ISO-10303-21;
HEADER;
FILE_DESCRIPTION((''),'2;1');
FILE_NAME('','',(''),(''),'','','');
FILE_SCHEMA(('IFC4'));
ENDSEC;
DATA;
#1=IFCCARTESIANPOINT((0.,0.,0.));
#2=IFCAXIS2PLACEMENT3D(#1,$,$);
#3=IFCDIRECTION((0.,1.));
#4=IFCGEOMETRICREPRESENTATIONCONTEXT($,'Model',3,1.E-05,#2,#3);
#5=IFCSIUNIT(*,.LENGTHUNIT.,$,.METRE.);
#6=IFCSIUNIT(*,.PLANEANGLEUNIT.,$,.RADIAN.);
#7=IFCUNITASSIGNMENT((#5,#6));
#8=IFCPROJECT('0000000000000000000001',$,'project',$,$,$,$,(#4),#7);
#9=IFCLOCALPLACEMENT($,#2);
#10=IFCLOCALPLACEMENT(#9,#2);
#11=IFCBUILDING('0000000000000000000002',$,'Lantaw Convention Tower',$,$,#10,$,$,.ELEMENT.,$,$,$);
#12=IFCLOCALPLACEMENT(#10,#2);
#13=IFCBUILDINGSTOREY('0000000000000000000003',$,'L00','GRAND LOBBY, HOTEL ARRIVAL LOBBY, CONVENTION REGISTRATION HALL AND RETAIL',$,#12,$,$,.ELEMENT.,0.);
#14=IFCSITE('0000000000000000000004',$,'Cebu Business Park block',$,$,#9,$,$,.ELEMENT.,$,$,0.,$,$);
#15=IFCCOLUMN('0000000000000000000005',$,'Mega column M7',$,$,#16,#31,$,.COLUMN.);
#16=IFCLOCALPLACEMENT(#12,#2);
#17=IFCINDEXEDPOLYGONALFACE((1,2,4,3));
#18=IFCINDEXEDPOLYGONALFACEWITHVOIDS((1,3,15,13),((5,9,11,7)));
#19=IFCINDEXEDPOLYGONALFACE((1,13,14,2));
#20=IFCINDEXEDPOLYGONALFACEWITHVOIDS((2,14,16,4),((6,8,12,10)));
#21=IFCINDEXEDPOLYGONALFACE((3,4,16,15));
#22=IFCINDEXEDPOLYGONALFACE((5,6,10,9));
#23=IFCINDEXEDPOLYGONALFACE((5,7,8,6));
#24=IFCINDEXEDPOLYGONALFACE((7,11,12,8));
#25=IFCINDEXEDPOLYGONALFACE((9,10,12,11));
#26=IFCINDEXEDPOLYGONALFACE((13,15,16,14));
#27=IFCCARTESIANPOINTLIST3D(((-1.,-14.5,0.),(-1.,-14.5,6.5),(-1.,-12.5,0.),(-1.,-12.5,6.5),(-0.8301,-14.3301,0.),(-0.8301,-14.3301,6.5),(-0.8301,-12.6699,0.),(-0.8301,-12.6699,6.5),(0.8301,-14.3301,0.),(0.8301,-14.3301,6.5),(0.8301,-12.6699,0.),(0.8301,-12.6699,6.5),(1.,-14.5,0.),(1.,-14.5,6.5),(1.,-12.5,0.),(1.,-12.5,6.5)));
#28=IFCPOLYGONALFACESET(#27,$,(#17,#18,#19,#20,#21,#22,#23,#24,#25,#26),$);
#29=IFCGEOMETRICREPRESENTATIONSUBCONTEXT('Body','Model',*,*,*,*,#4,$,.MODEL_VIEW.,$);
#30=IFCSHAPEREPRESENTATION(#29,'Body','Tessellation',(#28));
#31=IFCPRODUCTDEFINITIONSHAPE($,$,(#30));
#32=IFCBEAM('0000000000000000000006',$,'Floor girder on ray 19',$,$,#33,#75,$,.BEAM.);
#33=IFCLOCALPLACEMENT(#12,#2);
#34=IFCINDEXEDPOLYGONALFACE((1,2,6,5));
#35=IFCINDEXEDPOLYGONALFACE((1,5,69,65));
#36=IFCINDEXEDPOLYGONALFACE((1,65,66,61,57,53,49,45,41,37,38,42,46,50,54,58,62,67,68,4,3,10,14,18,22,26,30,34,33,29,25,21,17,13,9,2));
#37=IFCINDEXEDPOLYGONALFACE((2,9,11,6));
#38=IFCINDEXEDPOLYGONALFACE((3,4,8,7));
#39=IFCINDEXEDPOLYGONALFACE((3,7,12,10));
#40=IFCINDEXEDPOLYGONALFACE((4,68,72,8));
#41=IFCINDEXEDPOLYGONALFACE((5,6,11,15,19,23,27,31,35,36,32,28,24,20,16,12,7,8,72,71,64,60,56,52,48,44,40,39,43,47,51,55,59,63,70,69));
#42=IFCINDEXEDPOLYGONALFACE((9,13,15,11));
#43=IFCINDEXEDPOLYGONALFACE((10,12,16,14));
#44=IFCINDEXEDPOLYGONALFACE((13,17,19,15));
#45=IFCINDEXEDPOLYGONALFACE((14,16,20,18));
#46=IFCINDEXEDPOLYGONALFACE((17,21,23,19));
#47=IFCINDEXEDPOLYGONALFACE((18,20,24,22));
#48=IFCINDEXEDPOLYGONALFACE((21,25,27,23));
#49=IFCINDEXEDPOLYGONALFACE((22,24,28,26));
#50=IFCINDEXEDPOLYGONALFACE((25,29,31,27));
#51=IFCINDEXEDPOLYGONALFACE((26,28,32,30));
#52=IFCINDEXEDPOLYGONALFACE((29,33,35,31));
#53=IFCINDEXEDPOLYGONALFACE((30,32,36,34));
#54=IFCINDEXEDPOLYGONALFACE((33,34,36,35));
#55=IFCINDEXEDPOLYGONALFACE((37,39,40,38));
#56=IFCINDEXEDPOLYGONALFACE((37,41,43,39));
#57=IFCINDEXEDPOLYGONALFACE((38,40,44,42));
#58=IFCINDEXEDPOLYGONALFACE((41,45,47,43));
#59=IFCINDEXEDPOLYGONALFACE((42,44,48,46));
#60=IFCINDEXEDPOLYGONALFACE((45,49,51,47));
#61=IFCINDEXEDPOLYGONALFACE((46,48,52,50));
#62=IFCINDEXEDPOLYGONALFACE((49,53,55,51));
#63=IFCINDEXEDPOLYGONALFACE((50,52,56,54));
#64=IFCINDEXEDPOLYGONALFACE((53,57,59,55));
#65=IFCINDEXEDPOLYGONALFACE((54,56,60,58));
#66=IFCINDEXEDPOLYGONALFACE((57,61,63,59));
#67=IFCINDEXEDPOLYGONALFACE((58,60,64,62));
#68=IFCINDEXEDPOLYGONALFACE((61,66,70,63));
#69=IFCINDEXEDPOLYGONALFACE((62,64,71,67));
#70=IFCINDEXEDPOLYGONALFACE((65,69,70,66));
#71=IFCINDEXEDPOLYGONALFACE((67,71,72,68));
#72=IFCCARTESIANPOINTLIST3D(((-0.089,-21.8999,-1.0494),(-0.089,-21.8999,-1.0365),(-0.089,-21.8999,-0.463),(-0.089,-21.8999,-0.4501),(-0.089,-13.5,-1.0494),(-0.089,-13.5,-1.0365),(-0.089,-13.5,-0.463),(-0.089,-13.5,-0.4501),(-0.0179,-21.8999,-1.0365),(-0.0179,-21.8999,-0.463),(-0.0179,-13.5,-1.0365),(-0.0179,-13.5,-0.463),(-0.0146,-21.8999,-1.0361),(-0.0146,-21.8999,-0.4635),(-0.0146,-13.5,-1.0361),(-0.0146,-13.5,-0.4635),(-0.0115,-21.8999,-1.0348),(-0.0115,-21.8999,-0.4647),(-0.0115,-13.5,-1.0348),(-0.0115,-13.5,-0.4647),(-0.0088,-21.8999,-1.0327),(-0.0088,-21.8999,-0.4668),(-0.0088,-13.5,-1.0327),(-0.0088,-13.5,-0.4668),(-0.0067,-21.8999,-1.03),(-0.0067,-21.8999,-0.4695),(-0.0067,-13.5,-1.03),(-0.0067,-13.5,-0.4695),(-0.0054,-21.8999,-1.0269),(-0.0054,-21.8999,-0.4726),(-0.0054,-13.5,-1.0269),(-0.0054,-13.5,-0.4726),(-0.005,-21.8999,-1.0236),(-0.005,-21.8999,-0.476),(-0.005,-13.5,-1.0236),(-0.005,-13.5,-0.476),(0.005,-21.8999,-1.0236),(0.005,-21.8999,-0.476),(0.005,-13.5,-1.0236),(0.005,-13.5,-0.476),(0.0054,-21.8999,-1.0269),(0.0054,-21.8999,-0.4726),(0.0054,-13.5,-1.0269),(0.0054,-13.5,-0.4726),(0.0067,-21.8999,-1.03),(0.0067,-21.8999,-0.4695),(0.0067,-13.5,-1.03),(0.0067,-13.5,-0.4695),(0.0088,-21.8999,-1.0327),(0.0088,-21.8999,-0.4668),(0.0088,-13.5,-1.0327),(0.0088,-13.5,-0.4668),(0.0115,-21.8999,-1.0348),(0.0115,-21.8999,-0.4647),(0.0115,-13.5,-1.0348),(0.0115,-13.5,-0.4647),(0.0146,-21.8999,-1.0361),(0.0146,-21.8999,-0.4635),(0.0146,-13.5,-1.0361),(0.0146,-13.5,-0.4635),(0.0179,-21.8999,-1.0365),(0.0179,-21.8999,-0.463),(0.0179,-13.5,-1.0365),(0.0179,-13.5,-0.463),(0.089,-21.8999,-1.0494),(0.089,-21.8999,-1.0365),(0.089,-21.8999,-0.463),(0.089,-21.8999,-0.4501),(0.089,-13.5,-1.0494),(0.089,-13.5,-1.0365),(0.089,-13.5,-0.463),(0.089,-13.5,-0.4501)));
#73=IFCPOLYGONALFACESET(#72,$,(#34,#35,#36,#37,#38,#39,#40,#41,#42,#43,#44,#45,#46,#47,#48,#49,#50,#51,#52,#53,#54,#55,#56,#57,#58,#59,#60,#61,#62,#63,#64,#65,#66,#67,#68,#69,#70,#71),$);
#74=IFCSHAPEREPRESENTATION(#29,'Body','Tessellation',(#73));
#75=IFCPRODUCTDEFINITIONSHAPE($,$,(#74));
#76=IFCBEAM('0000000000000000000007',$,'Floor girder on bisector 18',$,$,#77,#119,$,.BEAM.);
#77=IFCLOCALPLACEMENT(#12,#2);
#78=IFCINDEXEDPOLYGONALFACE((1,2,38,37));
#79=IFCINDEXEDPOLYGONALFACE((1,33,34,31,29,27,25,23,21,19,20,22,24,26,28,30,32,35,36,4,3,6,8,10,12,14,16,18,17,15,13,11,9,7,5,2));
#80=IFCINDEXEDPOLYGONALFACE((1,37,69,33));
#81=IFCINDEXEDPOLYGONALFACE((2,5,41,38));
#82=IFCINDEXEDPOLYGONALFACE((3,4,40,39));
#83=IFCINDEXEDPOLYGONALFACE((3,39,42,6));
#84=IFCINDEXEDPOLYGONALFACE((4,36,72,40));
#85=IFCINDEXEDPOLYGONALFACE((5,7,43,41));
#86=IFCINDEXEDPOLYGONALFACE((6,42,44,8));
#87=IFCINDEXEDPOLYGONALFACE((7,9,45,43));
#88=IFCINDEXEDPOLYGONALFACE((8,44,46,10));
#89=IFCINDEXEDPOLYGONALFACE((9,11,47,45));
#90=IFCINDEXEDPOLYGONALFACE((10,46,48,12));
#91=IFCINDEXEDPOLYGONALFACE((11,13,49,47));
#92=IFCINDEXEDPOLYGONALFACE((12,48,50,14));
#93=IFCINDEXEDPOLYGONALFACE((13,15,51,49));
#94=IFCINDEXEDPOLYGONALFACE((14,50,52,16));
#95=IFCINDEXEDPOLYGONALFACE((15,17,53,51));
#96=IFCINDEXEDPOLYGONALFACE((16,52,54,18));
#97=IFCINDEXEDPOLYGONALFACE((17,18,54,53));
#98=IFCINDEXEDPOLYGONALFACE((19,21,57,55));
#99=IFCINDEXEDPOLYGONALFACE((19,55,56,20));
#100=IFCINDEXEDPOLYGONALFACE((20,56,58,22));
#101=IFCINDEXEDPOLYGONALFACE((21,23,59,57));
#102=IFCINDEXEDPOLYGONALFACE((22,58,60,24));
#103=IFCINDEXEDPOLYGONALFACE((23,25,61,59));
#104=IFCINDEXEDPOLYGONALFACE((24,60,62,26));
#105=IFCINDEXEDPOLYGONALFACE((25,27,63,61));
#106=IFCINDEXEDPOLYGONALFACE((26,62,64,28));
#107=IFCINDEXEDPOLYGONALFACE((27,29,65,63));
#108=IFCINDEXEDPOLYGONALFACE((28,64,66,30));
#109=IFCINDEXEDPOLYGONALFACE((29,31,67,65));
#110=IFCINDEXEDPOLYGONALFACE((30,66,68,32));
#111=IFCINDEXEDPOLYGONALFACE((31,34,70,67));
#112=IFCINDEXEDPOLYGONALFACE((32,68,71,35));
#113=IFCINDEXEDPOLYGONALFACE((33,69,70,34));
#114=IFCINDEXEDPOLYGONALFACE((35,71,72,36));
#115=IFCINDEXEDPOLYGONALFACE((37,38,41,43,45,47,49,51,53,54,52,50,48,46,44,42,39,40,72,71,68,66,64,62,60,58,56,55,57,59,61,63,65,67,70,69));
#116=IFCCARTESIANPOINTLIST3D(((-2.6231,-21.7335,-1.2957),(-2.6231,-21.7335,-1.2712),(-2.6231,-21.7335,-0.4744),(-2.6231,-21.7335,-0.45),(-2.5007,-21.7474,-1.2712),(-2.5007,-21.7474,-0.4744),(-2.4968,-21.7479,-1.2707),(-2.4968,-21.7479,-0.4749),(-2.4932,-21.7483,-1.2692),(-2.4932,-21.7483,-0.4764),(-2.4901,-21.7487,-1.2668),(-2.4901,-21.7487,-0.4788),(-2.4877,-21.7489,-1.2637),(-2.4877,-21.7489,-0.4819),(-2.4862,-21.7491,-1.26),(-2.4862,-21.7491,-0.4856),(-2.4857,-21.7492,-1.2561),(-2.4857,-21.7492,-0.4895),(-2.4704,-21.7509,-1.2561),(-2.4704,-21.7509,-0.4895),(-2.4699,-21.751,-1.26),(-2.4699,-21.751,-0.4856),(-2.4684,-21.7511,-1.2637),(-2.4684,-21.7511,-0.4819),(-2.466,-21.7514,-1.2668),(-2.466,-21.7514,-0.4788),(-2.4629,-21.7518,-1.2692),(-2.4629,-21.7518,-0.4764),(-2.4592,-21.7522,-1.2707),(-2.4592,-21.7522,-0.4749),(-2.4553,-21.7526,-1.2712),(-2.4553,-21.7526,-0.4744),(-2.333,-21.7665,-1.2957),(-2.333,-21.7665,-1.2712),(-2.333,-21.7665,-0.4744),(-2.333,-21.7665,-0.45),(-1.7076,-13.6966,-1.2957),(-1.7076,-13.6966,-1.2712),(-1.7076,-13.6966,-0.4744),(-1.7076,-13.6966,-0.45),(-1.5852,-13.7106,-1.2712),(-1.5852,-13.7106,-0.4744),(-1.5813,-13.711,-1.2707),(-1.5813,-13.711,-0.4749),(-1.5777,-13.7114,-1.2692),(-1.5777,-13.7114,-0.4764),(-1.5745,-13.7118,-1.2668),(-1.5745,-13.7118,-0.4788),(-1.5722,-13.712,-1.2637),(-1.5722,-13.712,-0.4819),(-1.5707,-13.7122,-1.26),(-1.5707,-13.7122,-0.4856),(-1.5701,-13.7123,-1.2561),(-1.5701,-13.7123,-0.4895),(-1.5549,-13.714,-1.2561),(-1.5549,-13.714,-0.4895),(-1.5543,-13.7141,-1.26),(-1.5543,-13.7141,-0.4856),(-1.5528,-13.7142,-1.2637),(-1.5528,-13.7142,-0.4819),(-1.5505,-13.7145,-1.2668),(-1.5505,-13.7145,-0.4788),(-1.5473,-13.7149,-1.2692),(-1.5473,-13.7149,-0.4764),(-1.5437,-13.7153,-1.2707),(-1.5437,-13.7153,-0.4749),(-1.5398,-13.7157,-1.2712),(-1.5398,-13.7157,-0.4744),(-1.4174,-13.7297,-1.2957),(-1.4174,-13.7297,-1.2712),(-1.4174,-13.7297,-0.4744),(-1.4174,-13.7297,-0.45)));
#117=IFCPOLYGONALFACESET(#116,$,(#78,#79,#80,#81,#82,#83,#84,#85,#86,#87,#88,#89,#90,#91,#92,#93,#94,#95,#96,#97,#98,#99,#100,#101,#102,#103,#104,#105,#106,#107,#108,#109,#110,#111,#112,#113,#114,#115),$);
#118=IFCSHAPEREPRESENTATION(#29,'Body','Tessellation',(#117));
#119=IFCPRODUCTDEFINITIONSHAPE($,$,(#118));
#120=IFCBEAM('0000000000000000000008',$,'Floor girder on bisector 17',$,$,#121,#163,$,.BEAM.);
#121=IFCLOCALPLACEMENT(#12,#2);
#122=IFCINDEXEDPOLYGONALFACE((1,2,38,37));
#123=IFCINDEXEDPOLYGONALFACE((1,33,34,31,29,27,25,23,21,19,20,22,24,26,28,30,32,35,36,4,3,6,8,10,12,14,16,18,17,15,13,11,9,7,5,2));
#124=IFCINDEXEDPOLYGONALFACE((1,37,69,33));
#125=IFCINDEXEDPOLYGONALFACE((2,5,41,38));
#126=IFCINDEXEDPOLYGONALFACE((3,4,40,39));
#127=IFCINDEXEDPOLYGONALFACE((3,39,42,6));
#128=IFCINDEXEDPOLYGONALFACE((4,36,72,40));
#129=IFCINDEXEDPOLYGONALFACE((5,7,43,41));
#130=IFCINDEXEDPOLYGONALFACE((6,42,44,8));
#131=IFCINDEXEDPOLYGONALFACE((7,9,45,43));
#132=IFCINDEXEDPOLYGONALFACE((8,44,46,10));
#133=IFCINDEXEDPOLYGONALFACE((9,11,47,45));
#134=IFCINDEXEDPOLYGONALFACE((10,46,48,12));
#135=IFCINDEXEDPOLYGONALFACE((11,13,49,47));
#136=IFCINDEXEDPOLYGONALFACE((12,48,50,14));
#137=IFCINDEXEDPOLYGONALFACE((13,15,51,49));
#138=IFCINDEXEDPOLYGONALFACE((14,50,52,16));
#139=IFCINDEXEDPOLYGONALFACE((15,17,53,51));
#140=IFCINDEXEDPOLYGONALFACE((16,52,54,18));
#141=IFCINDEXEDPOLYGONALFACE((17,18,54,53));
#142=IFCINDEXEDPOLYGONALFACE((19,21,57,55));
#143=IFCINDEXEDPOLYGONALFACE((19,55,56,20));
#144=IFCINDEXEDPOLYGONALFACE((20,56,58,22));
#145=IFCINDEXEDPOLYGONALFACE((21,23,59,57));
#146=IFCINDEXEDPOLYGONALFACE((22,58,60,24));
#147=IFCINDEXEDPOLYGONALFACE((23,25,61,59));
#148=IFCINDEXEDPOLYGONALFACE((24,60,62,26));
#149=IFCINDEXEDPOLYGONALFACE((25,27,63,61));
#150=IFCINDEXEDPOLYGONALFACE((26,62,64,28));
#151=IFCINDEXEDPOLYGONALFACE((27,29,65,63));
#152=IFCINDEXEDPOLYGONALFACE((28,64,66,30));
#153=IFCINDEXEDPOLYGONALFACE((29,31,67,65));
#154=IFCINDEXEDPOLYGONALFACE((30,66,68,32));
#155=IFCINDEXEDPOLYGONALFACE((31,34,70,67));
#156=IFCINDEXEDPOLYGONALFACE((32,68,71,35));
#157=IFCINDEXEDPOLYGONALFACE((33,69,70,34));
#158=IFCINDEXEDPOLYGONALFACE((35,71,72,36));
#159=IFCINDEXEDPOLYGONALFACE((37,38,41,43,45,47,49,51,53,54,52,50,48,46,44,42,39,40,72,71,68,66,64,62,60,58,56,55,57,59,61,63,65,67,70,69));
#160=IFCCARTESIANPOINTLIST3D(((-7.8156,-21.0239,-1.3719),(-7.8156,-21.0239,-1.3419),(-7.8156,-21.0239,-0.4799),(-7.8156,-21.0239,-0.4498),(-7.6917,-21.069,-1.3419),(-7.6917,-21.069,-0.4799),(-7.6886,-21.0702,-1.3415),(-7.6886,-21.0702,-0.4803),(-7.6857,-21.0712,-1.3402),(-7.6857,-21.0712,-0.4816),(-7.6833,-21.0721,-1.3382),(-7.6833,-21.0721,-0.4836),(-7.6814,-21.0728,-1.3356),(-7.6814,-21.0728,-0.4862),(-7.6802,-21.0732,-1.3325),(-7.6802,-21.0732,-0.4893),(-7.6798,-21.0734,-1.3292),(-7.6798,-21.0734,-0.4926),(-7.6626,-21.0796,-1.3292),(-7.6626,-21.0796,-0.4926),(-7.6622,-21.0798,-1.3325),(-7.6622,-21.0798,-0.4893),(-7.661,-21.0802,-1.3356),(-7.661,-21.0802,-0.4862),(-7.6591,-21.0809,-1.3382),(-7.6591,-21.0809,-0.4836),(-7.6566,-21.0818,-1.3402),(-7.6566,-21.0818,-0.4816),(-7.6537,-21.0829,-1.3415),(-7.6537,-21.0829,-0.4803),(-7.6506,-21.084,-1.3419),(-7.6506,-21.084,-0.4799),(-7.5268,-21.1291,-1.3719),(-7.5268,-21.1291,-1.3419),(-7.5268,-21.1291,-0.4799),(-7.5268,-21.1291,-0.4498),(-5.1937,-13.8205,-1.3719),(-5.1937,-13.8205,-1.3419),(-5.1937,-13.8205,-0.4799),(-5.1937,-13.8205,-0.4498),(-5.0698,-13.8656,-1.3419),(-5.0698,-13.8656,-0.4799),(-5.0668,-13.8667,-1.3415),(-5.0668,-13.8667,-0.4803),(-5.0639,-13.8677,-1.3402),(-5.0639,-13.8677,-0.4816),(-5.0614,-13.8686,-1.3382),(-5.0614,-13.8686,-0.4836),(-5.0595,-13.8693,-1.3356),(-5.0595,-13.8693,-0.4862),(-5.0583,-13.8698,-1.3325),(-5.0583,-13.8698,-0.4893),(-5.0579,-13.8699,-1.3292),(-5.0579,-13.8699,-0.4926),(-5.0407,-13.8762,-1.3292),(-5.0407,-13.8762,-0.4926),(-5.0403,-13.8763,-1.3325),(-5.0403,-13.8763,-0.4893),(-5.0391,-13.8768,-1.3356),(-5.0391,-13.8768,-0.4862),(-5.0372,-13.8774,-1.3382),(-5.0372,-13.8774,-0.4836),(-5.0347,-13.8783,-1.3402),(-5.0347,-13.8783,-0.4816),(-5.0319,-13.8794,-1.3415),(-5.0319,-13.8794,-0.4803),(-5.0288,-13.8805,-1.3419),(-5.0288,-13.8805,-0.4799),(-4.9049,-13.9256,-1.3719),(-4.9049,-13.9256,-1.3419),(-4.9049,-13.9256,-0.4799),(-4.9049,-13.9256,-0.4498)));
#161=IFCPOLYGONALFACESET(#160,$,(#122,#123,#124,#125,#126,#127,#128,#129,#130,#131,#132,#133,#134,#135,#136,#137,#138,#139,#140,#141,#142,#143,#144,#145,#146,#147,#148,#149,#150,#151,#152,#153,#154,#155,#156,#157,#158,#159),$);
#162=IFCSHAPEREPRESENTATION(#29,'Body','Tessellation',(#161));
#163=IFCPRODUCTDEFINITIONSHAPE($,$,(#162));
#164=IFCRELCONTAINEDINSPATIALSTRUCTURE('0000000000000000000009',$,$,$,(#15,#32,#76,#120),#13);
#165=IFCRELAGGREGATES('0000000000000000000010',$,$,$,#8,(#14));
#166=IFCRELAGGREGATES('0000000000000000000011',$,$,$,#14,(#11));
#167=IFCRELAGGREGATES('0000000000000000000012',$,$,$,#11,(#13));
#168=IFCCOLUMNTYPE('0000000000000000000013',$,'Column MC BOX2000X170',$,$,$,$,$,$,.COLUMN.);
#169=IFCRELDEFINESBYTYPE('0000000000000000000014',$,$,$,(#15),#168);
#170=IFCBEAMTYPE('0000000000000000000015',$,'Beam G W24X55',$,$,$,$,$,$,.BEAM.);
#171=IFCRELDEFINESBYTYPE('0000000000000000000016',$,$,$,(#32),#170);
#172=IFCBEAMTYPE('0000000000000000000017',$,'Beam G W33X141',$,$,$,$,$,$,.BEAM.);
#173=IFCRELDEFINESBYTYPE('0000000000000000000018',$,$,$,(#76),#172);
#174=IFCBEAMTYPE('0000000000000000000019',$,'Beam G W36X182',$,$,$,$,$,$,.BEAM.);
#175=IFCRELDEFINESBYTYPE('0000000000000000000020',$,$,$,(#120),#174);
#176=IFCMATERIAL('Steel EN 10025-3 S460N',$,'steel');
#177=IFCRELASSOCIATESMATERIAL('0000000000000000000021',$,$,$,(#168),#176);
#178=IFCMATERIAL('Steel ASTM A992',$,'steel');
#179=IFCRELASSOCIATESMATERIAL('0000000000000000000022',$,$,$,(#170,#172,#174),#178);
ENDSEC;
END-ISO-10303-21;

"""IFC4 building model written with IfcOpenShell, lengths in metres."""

from ifc_helpers import new_model, si_unit, direction, frame, origin, origin_2d, place, context, subcontext, project, spatial, rectangle, hollow_rectangle, i_section, extrude, material, material_profile, profile_set, type_object, element, save


model = new_model("IFC4")

# Units and contexts
model_context = context("Model", 3, precision=1e-05, world=origin(), true_north=direction((0.0, 1.0)))
body_context = subcontext(model_context, "Body", "Model", "MODEL_VIEW")
ifc_project = project(units=[si_unit("LENGTHUNIT", "METRE"), si_unit("PLANEANGLEUNIT", "RADIAN")], contexts=[model_context])

# Site, building, storey
site_placement = place(None, origin())
site = spatial("IfcSite", under=ifc_project, at=site_placement, Name="Cebu Business Park block", CompositionType="ELEMENT", RefElevation=0.0)
building_placement = place(site_placement, origin())
building = spatial("IfcBuilding", under=site, at=building_placement, Name="Lantaw Convention Tower", CompositionType="ELEMENT")
storey_placement = place(building_placement, origin())
storey = spatial("IfcBuildingStorey", under=building, at=storey_placement, Name="L00", Description="GRAND LOBBY, HOTEL ARRIVAL LOBBY, CONVENTION REGISTRATION HALL AND RETAIL", CompositionType="ELEMENT", Elevation=0.0)

# Column
ifc_material_1 = material(Name="Steel EN 10025-3 S460N", Category="steel")
ifc_material_profile_1 = material_profile(ifc_material_1, hollow_rectangle(XDim=2.0, YDim=2.0, WallThickness=0.1699, at=origin_2d()), Name="BOX2000X170")
ifc_material_2 = material(Name="Concrete C60/75", Category="concrete")
ifc_material_profile_2 = material_profile(ifc_material_2, rectangle(XDim=1.6599, YDim=1.6599, at=origin_2d()), Name="Concrete fill of BOX2000X170")
ifc_profile_set_1 = profile_set([ifc_material_profile_1, ifc_material_profile_2], Name="Steel EN 10025-3 S460N")
column_type = type_object("IfcColumnType", Name="Column MC BOX2000X170", PredefinedType="COLUMN", material=ifc_profile_set_1)
column_placement = place(storey_placement, frame((0.0, -13.5, 0.0), z_axis=(0.0, 0.0, 1.0), x_axis=(1.0, 0.0, 0.0)))
element("IfcColumn", 1, at=column_placement, inside=storey, type_object=column_type, Name="Mega column M7", PredefinedType="COLUMN", context=body_context, shape_type="SweptSolid", body=[
    extrude(hollow_rectangle(XDim=2.0, YDim=2.0, WallThickness=0.1699, at=origin_2d()), origin(), (0.0, 0.0, 1.0), 6.5),
])

# Beams
ifc_material_3 = material(Name="Steel ASTM A992", Category="steel")
ifc_material_profile_3 = material_profile(ifc_material_3, i_section(OverallWidth=0.178, OverallDepth=0.5994, WebThickness=0.01, FlangeThickness=0.0129, FilletRadius=0.0129, at=origin_2d()), Name="W24X55")
ifc_profile_set_2 = profile_set([ifc_material_profile_3], Name="Steel ASTM A992")
beam_type_1 = type_object("IfcBeamType", Name="Beam G W24X55", PredefinedType="BEAM", material=ifc_profile_set_2)
beam_1_placement = place(storey_placement, frame((0.0, -13.5, -0.7498), z_axis=(0.0, -1.0, 0.0), x_axis=(1.0, 0.0, 0.0)))
element("IfcBeam", 2, at=beam_1_placement, inside=storey, type_object=beam_type_1, Name="Floor girder on ray 19", PredefinedType="BEAM", context=body_context, shape_type="SweptSolid", body=[
    extrude(i_section(OverallWidth=0.178, OverallDepth=0.5994, WebThickness=0.01, FlangeThickness=0.0129, FilletRadius=0.0129, at=origin_2d()), origin(), (0.0, 0.0, 1.0), 8.3999),
])
ifc_material_profile_4 = material_profile(ifc_material_3, i_section(OverallWidth=0.292, OverallDepth=0.8457, WebThickness=0.0154, FlangeThickness=0.0244, FilletRadius=0.0151, at=origin_2d()), Name="W33X141")
ifc_profile_set_3 = profile_set([ifc_material_profile_4], Name="Steel ASTM A992")
beam_type_2 = type_object("IfcBeamType", Name="Beam G W33X141", PredefinedType="BEAM", material=ifc_profile_set_3)
beam_2_placement = place(storey_placement, frame((-1.5625, -13.7131, -0.8728), z_axis=(-0.113184, -0.993574, 0.0), x_axis=(0.993574, -0.113184, 0.0)))
element("IfcBeam", 3, at=beam_2_placement, inside=storey, type_object=beam_type_2, Name="Floor girder on bisector 18", PredefinedType="BEAM", context=body_context, shape_type="SweptSolid", body=[
    extrude(i_section(OverallWidth=0.292, OverallDepth=0.8457, WebThickness=0.0154, FlangeThickness=0.0244, FilletRadius=0.0151, at=origin_2d()), origin(), (0.0, 0.0, 1.0), 8.0889),
])
ifc_material_profile_5 = material_profile(ifc_material_3, i_section(OverallWidth=0.3074, OverallDepth=0.9221, WebThickness=0.0183, FlangeThickness=0.03, FilletRadius=0.0127, at=origin_2d()), Name="W36X182")
ifc_profile_set_4 = profile_set([ifc_material_profile_5], Name="Steel ASTM A992")
beam_type_3 = type_object("IfcBeamType", Name="Beam G W36X182", PredefinedType="BEAM", material=ifc_profile_set_4)
beam_3_placement = place(storey_placement, frame((-5.0493, -13.873, -0.9109), z_axis=(-0.342022, -0.939692, 0.0), x_axis=(0.939692, -0.342022, 0.0)))
element("IfcBeam", 4, at=beam_3_placement, inside=storey, type_object=beam_type_3, Name="Floor girder on bisector 17", PredefinedType="BEAM", context=body_context, shape_type="SweptSolid", body=[
    extrude(i_section(OverallWidth=0.3074, OverallDepth=0.9221, WebThickness=0.0183, FlangeThickness=0.03, FilletRadius=0.0127, at=origin_2d()), origin(), (0.0, 0.0, 1.0), 7.6658),
])

save(model, "model.ifc")
